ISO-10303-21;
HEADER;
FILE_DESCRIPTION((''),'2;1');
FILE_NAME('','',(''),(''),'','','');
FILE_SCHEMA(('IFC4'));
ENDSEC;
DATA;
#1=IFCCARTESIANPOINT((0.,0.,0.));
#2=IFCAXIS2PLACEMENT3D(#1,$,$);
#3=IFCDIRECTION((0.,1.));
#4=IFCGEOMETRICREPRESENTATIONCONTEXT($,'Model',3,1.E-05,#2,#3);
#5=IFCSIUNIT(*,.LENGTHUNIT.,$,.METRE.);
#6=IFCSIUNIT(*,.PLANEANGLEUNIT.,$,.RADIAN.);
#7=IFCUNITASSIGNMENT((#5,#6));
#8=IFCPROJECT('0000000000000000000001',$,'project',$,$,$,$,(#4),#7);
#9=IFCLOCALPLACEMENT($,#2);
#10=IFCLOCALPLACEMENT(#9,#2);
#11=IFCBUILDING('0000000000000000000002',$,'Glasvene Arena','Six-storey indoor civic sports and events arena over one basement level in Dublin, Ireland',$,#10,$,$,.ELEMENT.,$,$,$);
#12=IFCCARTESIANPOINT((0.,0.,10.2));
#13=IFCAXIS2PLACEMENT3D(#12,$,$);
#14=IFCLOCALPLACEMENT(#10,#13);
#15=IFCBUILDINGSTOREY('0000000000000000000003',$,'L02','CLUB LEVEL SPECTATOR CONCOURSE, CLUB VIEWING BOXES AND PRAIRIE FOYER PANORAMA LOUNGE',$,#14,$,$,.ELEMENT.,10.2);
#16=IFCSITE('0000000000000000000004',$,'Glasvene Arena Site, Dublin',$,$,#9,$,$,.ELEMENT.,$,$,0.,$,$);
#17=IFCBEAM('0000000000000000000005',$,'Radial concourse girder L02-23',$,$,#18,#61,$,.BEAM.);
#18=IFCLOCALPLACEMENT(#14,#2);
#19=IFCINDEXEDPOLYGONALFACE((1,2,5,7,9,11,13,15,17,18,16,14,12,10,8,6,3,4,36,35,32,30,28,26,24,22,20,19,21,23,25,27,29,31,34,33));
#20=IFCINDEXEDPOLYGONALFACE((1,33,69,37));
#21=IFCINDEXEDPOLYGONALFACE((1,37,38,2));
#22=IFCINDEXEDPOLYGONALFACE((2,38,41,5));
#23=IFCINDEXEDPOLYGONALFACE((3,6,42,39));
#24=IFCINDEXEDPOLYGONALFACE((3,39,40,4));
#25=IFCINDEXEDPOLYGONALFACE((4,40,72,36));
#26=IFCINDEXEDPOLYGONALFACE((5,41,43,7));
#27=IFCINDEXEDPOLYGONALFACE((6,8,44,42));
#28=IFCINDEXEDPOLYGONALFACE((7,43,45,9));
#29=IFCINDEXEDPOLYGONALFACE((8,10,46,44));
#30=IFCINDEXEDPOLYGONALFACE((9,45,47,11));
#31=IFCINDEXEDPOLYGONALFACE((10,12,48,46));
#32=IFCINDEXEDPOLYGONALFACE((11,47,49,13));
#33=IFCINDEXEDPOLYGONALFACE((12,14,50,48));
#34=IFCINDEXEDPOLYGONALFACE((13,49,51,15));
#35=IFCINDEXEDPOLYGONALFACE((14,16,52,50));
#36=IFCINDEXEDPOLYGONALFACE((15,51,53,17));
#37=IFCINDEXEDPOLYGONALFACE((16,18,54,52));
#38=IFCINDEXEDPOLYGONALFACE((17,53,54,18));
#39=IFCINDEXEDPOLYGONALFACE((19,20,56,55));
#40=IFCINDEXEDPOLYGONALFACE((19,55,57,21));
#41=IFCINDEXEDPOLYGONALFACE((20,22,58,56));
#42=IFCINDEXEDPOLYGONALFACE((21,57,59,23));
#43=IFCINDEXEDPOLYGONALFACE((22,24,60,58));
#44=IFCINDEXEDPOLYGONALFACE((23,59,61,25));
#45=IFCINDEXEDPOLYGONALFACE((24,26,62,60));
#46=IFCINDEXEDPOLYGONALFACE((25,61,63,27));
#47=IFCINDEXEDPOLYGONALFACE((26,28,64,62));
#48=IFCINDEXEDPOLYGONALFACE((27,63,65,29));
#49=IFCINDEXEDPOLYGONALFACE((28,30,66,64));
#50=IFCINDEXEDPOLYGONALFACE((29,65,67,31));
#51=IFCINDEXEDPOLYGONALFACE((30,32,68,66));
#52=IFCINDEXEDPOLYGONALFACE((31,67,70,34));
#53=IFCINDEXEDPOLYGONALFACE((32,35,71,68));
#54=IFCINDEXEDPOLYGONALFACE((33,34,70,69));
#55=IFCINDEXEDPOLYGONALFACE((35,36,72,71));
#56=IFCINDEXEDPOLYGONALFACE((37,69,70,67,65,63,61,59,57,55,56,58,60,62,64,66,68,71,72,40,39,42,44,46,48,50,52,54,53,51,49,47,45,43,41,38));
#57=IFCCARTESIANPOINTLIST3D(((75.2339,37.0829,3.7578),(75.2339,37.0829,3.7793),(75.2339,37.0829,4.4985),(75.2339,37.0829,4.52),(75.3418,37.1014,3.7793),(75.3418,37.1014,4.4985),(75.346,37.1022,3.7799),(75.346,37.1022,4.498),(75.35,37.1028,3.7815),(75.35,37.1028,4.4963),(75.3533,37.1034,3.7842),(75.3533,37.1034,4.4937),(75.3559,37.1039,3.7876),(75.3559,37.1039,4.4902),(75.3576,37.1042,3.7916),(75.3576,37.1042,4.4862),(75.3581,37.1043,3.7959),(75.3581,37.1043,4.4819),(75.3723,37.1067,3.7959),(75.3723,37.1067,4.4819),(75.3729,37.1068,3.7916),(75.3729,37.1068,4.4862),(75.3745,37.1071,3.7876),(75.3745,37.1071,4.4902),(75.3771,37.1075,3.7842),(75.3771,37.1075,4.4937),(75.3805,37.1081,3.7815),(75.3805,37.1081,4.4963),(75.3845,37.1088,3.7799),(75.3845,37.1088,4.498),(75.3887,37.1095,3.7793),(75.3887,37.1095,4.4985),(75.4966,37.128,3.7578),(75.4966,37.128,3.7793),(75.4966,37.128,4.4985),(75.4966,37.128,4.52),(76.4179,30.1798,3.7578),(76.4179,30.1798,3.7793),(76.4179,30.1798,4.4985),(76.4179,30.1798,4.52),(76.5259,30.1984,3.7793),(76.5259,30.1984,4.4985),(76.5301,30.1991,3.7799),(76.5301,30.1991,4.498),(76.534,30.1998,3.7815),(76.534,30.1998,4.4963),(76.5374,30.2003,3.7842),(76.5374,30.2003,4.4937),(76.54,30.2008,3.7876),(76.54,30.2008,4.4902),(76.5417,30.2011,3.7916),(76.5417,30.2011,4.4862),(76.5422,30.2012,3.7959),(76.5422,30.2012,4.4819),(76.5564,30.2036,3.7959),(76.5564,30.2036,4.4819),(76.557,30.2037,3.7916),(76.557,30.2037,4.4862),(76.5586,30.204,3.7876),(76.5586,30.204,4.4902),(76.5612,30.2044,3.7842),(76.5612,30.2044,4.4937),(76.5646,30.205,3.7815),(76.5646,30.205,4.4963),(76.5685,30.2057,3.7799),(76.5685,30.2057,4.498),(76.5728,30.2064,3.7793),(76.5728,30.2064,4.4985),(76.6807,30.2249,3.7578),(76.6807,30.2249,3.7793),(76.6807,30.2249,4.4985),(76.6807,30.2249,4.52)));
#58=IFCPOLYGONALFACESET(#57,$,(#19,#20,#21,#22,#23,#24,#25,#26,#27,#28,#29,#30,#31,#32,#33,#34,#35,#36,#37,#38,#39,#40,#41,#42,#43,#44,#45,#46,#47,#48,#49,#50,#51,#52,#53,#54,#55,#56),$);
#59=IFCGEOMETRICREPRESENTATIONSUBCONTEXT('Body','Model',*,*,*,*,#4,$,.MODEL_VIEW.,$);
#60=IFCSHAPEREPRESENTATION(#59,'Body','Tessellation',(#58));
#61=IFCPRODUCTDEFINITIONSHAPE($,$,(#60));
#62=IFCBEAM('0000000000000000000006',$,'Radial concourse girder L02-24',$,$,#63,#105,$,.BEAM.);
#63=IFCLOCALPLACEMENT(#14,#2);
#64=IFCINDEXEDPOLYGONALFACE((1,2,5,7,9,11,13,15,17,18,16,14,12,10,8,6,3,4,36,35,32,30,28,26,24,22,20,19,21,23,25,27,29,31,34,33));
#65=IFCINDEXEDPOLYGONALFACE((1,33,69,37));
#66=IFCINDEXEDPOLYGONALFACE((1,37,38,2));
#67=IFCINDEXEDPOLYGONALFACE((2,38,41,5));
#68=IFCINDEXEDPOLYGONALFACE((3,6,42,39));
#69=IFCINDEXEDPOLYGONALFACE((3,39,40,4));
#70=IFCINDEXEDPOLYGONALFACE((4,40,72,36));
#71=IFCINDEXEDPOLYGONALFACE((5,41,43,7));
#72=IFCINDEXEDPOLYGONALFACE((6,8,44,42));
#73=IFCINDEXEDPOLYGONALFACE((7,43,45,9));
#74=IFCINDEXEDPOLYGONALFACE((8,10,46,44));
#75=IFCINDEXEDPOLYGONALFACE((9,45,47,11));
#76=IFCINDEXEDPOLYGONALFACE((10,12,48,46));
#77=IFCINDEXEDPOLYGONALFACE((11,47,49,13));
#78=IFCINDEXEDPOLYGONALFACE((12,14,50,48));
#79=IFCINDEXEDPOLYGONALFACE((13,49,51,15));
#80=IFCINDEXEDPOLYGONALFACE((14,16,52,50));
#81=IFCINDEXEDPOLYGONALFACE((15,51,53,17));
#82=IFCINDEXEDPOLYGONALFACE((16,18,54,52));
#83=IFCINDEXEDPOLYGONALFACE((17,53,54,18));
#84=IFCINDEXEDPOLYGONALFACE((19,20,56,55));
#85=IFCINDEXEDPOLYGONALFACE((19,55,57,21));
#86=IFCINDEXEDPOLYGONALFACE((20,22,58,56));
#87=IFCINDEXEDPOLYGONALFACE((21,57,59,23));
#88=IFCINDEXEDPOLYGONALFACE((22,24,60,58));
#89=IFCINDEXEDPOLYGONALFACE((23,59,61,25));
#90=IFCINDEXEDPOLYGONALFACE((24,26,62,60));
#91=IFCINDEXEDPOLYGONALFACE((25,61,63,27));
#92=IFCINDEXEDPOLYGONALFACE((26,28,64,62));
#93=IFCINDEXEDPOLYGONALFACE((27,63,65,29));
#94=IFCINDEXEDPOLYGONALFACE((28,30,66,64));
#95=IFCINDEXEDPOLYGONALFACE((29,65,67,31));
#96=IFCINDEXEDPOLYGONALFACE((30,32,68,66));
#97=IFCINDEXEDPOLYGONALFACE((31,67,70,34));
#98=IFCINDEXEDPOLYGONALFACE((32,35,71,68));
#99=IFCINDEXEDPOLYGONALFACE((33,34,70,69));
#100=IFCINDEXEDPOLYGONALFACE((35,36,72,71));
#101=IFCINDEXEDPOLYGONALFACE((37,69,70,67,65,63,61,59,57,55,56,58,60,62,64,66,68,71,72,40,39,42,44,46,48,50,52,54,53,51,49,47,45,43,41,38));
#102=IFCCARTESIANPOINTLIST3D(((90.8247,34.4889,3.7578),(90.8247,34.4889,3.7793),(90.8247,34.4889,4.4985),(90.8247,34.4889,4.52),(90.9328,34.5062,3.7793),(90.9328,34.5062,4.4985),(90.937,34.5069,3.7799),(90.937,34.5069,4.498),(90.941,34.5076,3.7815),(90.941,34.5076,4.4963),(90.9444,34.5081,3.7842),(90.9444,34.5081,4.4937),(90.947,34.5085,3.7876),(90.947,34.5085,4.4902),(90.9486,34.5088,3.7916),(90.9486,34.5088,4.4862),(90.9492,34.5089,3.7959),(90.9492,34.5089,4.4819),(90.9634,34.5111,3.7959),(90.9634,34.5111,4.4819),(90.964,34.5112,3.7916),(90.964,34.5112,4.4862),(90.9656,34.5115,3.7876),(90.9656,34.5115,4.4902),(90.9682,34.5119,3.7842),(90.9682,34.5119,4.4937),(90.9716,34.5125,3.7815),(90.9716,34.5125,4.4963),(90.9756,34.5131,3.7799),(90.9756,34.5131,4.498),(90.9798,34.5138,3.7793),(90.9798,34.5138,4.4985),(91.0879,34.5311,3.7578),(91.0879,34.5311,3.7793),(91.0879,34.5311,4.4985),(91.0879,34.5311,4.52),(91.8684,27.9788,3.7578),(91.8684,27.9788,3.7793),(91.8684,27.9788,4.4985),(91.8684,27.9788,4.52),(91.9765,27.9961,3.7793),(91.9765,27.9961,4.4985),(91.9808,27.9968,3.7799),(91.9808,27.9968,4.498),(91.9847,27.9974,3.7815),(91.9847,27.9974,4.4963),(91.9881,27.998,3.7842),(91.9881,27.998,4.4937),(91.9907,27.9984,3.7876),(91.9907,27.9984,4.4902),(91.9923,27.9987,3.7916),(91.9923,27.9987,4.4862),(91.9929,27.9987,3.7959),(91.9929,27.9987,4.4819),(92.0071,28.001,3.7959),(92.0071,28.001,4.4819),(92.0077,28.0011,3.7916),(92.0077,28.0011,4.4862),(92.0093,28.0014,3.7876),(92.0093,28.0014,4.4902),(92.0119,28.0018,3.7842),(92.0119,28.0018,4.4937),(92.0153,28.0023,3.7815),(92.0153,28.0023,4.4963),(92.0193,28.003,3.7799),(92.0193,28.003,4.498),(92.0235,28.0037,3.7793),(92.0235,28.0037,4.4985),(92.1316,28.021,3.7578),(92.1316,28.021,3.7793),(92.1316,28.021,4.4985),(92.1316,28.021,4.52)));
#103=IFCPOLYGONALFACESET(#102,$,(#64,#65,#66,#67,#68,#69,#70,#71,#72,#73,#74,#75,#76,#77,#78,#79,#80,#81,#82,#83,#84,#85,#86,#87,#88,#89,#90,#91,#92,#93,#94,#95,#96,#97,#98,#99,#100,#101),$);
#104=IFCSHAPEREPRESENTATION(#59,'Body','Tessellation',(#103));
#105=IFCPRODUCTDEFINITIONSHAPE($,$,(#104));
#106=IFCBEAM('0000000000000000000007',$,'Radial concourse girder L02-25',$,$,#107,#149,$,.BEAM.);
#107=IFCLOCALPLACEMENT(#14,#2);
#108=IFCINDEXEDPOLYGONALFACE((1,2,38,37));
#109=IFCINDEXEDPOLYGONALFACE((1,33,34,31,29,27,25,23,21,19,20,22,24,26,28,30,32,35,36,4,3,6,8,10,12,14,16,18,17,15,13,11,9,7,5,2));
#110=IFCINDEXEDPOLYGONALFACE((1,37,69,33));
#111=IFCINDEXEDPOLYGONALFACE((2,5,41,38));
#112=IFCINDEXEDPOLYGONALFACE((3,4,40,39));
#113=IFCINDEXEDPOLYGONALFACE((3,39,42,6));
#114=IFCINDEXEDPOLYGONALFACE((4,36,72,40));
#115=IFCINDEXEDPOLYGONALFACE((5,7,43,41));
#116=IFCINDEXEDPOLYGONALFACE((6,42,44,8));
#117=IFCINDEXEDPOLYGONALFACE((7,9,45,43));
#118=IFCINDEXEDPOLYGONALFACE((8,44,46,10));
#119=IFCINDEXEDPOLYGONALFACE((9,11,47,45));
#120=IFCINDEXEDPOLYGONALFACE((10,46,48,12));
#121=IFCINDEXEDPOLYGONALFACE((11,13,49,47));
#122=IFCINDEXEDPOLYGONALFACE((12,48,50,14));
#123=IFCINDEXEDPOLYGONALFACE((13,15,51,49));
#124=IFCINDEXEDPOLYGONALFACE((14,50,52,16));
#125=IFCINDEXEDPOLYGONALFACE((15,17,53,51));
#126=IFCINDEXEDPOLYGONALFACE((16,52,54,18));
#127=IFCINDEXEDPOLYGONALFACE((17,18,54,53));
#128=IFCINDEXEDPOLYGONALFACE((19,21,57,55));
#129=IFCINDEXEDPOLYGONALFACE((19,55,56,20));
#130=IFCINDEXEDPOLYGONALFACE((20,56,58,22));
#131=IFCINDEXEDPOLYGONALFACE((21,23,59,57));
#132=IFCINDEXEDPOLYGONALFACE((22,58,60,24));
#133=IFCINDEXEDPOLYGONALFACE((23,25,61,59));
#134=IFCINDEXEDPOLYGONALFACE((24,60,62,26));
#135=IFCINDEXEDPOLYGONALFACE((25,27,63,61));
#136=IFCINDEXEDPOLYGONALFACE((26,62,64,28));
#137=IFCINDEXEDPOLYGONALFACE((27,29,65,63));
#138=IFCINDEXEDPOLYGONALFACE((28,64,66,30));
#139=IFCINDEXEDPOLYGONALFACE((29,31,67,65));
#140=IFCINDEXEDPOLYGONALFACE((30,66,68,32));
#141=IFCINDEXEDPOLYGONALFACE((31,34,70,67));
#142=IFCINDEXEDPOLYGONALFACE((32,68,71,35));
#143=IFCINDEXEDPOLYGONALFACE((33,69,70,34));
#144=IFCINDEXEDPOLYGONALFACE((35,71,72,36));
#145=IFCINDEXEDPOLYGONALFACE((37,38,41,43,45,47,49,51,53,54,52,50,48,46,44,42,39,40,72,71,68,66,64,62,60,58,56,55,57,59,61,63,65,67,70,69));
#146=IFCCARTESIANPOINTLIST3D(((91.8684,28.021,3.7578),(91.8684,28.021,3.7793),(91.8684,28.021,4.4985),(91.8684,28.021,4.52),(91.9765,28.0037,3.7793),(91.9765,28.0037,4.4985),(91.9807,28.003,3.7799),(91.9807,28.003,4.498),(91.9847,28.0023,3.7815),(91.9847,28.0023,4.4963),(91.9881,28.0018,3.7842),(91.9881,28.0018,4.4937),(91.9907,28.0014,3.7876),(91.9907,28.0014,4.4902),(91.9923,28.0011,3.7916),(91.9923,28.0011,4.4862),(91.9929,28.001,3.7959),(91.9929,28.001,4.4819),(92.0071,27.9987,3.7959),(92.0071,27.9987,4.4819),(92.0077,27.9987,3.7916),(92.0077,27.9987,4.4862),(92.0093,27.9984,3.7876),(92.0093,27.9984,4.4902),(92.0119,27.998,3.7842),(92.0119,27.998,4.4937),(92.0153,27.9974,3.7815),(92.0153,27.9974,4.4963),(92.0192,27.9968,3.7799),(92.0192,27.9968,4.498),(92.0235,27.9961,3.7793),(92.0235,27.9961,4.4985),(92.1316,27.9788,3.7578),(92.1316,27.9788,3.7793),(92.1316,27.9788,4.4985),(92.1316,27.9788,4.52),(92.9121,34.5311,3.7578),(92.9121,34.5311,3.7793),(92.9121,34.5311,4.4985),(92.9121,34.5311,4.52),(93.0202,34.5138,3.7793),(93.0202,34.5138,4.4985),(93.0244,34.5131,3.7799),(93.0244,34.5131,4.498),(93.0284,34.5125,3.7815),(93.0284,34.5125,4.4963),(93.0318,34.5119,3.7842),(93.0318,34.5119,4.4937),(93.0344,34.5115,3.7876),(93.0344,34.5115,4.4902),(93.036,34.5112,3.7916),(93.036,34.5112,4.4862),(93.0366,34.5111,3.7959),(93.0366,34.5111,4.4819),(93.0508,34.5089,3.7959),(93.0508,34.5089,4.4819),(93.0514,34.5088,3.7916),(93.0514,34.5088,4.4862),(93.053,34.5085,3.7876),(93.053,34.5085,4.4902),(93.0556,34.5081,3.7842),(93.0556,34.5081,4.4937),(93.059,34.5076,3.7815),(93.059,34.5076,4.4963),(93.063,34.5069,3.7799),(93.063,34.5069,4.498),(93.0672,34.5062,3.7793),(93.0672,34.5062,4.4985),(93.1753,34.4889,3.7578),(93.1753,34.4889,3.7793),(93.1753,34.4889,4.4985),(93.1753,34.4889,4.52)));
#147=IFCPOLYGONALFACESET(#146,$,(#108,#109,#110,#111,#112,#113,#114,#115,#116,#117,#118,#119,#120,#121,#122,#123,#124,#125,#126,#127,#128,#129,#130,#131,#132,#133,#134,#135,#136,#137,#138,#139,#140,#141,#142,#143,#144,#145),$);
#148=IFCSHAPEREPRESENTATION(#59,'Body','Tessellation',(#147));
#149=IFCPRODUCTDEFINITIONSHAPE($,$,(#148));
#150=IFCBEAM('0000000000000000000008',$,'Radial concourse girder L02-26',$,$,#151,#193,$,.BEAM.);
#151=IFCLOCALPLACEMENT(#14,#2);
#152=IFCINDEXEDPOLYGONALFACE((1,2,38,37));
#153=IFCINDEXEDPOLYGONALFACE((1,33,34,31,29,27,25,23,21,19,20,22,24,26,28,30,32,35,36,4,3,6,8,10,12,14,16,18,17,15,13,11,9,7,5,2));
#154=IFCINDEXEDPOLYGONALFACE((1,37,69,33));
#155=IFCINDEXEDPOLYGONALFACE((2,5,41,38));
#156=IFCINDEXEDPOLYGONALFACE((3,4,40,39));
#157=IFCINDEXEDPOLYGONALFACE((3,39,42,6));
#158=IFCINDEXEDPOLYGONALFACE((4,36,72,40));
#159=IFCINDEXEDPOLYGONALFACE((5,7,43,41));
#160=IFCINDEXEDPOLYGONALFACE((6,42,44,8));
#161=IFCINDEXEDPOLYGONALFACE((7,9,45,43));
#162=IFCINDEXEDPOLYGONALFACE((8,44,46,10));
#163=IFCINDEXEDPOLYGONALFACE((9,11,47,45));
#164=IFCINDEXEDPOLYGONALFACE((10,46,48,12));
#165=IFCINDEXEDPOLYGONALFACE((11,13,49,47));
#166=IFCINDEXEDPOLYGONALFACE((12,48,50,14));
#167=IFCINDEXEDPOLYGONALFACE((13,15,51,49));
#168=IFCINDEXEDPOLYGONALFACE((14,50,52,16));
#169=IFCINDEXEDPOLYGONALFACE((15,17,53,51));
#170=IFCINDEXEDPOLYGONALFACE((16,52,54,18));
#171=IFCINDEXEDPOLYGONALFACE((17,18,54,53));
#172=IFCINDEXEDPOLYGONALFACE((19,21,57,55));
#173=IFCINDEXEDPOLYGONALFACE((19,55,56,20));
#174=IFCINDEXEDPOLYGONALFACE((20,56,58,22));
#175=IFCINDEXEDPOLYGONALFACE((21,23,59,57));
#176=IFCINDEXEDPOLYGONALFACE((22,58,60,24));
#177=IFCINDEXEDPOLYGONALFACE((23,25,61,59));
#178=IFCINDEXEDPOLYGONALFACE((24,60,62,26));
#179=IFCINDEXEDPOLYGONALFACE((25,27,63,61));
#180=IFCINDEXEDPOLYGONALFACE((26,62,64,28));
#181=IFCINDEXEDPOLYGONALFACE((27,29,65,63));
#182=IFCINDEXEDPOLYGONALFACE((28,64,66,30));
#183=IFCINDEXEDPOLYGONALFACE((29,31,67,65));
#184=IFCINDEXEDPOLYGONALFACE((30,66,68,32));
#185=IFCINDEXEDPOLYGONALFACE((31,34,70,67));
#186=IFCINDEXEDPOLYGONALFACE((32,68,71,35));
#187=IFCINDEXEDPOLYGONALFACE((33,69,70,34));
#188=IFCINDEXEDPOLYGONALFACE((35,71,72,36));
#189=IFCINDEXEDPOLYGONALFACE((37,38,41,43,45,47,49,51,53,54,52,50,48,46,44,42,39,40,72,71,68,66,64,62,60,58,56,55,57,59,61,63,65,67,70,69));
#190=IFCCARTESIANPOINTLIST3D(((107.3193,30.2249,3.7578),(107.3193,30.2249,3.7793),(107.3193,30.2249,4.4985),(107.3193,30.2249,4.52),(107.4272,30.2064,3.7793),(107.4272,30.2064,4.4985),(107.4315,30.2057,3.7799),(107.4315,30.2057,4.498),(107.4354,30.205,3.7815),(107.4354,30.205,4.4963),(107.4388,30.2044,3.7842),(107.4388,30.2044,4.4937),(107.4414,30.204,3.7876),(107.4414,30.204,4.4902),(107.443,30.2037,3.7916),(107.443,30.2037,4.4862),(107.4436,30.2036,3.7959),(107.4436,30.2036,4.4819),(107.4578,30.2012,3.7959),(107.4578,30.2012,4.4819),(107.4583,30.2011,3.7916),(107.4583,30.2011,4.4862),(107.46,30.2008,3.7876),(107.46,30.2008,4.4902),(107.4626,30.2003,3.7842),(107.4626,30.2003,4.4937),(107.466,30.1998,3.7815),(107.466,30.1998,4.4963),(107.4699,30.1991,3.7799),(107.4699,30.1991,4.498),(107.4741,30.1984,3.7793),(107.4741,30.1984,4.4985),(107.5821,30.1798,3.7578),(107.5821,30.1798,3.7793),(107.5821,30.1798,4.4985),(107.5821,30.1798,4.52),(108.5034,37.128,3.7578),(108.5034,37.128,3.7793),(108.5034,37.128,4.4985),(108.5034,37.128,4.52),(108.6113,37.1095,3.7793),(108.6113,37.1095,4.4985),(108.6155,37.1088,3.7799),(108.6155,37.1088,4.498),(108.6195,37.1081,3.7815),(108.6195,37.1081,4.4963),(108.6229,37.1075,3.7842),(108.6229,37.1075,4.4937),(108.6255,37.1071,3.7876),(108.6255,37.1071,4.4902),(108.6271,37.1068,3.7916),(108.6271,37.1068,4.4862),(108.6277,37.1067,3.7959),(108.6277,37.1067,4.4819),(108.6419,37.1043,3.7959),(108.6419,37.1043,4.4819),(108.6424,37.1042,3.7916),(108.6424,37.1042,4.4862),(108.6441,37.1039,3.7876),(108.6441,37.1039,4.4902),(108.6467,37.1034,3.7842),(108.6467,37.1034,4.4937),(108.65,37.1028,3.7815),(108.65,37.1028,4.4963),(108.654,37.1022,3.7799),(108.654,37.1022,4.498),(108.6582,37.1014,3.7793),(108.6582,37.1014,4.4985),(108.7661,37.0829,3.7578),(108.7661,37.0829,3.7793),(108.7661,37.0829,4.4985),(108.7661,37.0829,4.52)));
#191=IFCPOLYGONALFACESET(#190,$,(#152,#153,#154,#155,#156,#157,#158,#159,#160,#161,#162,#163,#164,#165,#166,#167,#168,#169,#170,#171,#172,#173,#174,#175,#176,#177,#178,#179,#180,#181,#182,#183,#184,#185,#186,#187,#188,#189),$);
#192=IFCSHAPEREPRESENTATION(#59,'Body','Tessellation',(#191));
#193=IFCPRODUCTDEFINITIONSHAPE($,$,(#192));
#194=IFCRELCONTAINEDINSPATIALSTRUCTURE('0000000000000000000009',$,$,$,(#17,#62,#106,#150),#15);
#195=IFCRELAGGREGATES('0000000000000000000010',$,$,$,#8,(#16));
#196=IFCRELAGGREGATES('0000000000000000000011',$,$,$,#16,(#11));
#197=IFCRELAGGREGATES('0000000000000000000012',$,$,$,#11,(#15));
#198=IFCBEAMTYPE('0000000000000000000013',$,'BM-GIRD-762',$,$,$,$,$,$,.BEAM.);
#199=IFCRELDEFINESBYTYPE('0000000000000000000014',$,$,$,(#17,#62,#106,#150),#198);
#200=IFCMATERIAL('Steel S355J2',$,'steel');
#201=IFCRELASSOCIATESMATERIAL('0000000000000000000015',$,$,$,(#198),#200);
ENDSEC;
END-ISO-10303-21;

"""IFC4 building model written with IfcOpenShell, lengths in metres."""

from ifc_helpers import new_model, si_unit, direction, frame, origin, origin_2d, place, context, subcontext, project, spatial, i_section, extrude, material, material_profile, profile_set, type_object, element, save


model = new_model("IFC4")

# Units and contexts
model_context = context("Model", 3, precision=1e-05, world=origin(), true_north=direction((0.0, 1.0)))
body_context = subcontext(model_context, "Body", "Model", "MODEL_VIEW")
ifc_project = project(units=[si_unit("LENGTHUNIT", "METRE"), si_unit("PLANEANGLEUNIT", "RADIAN")], contexts=[model_context])

# Site, building, storey
site_placement = place(None, origin())
site = spatial("IfcSite", under=ifc_project, at=site_placement, Name="Glasvene Arena Site, Dublin", CompositionType="ELEMENT", RefElevation=0.0)
building_placement = place(site_placement, origin())
building = spatial("IfcBuilding", under=site, at=building_placement, Name="Glasvene Arena", Description="Six-storey indoor civic sports and events arena over one basement level in Dublin, Ireland", CompositionType="ELEMENT")
storey_placement = place(building_placement, frame((0.0, 0.0, 10.2)))
storey = spatial("IfcBuildingStorey", under=building, at=storey_placement, Name="L02", Description="CLUB LEVEL SPECTATOR CONCOURSE, CLUB VIEWING BOXES AND PRAIRIE FOYER PANORAMA LOUNGE", CompositionType="ELEMENT", Elevation=10.2)

# Shared definitions
ifc_material_1 = material(Name="Steel S355J2", Category="steel")

# Beams
ifc_material_profile_1 = material_profile(ifc_material_1, i_section(OverallWidth=0.2666, OverallDepth=0.7622, WebThickness=0.0144, FlangeThickness=0.0215, FilletRadius=0.0166, at=origin_2d()), Name="UKB 762x267x173")
ifc_profile_set_1 = profile_set([ifc_material_profile_1], Name="Steel S355J2")
beam_type_1 = type_object("IfcBeamType", Name="BM-GIRD-762", PredefinedType="BEAM", material=ifc_profile_set_1)
beam_1_placement = place(storey_placement, frame((75.3652, 37.1055, 4.1389), z_axis=(0.169061, -0.985606, 0.0), x_axis=(0.985606, 0.169061, 0.0)))
element("IfcBeam", 1, at=beam_1_placement, inside=storey, type_object=beam_type_1, Name="Radial concourse girder L02-23", PredefinedType="BEAM", context=body_context, shape_type="SweptSolid", body=[
    extrude(i_section(OverallWidth=0.2666, OverallDepth=0.7622, WebThickness=0.0144, FlangeThickness=0.0215, FilletRadius=0.0166, at=origin_2d()), origin(), (0.0, 0.0, 1.0), 7.0039),
])
for number, where, z_axis, x_axis, name in (
    (2, (90.9563, 34.51, 4.1389), (0.158301, -0.987391, 0.0), (0.987391, 0.158301, 0.0), "Radial concourse girder L02-24"),
    (3, (93.0437, 34.51, 4.1389), (-0.158301, -0.987391, 0.0), (0.987391, -0.158301, 0.0), "Radial concourse girder L02-25"),
):
    element("IfcBeam", number, at=place(storey_placement, frame(where, z_axis=z_axis, x_axis=x_axis)), inside=storey, type_object=beam_type_1, Name=name, PredefinedType="BEAM", context=body_context, shape_type="SweptSolid", body=[
        extrude(i_section(OverallWidth=0.2666, OverallDepth=0.7622, WebThickness=0.0144, FlangeThickness=0.0215, FilletRadius=0.0166, at=origin_2d()), origin(), (0.0, 0.0, 1.0), 6.5933),
    ])
beam_2_placement = place(storey_placement, frame((108.6348, 37.1055, 4.1389), z_axis=(-0.169061, -0.985606, 0.0), x_axis=(0.985606, -0.169061, 0.0)))
element("IfcBeam", 4, at=beam_2_placement, inside=storey, type_object=beam_type_1, Name="Radial concourse girder L02-26", PredefinedType="BEAM", context=body_context, shape_type="SweptSolid", body=[
    extrude(i_section(OverallWidth=0.2666, OverallDepth=0.7622, WebThickness=0.0144, FlangeThickness=0.0215, FilletRadius=0.0166, at=origin_2d()), origin(), (0.0, 0.0, 1.0), 7.0039),
])

save(model, "model.ifc")
